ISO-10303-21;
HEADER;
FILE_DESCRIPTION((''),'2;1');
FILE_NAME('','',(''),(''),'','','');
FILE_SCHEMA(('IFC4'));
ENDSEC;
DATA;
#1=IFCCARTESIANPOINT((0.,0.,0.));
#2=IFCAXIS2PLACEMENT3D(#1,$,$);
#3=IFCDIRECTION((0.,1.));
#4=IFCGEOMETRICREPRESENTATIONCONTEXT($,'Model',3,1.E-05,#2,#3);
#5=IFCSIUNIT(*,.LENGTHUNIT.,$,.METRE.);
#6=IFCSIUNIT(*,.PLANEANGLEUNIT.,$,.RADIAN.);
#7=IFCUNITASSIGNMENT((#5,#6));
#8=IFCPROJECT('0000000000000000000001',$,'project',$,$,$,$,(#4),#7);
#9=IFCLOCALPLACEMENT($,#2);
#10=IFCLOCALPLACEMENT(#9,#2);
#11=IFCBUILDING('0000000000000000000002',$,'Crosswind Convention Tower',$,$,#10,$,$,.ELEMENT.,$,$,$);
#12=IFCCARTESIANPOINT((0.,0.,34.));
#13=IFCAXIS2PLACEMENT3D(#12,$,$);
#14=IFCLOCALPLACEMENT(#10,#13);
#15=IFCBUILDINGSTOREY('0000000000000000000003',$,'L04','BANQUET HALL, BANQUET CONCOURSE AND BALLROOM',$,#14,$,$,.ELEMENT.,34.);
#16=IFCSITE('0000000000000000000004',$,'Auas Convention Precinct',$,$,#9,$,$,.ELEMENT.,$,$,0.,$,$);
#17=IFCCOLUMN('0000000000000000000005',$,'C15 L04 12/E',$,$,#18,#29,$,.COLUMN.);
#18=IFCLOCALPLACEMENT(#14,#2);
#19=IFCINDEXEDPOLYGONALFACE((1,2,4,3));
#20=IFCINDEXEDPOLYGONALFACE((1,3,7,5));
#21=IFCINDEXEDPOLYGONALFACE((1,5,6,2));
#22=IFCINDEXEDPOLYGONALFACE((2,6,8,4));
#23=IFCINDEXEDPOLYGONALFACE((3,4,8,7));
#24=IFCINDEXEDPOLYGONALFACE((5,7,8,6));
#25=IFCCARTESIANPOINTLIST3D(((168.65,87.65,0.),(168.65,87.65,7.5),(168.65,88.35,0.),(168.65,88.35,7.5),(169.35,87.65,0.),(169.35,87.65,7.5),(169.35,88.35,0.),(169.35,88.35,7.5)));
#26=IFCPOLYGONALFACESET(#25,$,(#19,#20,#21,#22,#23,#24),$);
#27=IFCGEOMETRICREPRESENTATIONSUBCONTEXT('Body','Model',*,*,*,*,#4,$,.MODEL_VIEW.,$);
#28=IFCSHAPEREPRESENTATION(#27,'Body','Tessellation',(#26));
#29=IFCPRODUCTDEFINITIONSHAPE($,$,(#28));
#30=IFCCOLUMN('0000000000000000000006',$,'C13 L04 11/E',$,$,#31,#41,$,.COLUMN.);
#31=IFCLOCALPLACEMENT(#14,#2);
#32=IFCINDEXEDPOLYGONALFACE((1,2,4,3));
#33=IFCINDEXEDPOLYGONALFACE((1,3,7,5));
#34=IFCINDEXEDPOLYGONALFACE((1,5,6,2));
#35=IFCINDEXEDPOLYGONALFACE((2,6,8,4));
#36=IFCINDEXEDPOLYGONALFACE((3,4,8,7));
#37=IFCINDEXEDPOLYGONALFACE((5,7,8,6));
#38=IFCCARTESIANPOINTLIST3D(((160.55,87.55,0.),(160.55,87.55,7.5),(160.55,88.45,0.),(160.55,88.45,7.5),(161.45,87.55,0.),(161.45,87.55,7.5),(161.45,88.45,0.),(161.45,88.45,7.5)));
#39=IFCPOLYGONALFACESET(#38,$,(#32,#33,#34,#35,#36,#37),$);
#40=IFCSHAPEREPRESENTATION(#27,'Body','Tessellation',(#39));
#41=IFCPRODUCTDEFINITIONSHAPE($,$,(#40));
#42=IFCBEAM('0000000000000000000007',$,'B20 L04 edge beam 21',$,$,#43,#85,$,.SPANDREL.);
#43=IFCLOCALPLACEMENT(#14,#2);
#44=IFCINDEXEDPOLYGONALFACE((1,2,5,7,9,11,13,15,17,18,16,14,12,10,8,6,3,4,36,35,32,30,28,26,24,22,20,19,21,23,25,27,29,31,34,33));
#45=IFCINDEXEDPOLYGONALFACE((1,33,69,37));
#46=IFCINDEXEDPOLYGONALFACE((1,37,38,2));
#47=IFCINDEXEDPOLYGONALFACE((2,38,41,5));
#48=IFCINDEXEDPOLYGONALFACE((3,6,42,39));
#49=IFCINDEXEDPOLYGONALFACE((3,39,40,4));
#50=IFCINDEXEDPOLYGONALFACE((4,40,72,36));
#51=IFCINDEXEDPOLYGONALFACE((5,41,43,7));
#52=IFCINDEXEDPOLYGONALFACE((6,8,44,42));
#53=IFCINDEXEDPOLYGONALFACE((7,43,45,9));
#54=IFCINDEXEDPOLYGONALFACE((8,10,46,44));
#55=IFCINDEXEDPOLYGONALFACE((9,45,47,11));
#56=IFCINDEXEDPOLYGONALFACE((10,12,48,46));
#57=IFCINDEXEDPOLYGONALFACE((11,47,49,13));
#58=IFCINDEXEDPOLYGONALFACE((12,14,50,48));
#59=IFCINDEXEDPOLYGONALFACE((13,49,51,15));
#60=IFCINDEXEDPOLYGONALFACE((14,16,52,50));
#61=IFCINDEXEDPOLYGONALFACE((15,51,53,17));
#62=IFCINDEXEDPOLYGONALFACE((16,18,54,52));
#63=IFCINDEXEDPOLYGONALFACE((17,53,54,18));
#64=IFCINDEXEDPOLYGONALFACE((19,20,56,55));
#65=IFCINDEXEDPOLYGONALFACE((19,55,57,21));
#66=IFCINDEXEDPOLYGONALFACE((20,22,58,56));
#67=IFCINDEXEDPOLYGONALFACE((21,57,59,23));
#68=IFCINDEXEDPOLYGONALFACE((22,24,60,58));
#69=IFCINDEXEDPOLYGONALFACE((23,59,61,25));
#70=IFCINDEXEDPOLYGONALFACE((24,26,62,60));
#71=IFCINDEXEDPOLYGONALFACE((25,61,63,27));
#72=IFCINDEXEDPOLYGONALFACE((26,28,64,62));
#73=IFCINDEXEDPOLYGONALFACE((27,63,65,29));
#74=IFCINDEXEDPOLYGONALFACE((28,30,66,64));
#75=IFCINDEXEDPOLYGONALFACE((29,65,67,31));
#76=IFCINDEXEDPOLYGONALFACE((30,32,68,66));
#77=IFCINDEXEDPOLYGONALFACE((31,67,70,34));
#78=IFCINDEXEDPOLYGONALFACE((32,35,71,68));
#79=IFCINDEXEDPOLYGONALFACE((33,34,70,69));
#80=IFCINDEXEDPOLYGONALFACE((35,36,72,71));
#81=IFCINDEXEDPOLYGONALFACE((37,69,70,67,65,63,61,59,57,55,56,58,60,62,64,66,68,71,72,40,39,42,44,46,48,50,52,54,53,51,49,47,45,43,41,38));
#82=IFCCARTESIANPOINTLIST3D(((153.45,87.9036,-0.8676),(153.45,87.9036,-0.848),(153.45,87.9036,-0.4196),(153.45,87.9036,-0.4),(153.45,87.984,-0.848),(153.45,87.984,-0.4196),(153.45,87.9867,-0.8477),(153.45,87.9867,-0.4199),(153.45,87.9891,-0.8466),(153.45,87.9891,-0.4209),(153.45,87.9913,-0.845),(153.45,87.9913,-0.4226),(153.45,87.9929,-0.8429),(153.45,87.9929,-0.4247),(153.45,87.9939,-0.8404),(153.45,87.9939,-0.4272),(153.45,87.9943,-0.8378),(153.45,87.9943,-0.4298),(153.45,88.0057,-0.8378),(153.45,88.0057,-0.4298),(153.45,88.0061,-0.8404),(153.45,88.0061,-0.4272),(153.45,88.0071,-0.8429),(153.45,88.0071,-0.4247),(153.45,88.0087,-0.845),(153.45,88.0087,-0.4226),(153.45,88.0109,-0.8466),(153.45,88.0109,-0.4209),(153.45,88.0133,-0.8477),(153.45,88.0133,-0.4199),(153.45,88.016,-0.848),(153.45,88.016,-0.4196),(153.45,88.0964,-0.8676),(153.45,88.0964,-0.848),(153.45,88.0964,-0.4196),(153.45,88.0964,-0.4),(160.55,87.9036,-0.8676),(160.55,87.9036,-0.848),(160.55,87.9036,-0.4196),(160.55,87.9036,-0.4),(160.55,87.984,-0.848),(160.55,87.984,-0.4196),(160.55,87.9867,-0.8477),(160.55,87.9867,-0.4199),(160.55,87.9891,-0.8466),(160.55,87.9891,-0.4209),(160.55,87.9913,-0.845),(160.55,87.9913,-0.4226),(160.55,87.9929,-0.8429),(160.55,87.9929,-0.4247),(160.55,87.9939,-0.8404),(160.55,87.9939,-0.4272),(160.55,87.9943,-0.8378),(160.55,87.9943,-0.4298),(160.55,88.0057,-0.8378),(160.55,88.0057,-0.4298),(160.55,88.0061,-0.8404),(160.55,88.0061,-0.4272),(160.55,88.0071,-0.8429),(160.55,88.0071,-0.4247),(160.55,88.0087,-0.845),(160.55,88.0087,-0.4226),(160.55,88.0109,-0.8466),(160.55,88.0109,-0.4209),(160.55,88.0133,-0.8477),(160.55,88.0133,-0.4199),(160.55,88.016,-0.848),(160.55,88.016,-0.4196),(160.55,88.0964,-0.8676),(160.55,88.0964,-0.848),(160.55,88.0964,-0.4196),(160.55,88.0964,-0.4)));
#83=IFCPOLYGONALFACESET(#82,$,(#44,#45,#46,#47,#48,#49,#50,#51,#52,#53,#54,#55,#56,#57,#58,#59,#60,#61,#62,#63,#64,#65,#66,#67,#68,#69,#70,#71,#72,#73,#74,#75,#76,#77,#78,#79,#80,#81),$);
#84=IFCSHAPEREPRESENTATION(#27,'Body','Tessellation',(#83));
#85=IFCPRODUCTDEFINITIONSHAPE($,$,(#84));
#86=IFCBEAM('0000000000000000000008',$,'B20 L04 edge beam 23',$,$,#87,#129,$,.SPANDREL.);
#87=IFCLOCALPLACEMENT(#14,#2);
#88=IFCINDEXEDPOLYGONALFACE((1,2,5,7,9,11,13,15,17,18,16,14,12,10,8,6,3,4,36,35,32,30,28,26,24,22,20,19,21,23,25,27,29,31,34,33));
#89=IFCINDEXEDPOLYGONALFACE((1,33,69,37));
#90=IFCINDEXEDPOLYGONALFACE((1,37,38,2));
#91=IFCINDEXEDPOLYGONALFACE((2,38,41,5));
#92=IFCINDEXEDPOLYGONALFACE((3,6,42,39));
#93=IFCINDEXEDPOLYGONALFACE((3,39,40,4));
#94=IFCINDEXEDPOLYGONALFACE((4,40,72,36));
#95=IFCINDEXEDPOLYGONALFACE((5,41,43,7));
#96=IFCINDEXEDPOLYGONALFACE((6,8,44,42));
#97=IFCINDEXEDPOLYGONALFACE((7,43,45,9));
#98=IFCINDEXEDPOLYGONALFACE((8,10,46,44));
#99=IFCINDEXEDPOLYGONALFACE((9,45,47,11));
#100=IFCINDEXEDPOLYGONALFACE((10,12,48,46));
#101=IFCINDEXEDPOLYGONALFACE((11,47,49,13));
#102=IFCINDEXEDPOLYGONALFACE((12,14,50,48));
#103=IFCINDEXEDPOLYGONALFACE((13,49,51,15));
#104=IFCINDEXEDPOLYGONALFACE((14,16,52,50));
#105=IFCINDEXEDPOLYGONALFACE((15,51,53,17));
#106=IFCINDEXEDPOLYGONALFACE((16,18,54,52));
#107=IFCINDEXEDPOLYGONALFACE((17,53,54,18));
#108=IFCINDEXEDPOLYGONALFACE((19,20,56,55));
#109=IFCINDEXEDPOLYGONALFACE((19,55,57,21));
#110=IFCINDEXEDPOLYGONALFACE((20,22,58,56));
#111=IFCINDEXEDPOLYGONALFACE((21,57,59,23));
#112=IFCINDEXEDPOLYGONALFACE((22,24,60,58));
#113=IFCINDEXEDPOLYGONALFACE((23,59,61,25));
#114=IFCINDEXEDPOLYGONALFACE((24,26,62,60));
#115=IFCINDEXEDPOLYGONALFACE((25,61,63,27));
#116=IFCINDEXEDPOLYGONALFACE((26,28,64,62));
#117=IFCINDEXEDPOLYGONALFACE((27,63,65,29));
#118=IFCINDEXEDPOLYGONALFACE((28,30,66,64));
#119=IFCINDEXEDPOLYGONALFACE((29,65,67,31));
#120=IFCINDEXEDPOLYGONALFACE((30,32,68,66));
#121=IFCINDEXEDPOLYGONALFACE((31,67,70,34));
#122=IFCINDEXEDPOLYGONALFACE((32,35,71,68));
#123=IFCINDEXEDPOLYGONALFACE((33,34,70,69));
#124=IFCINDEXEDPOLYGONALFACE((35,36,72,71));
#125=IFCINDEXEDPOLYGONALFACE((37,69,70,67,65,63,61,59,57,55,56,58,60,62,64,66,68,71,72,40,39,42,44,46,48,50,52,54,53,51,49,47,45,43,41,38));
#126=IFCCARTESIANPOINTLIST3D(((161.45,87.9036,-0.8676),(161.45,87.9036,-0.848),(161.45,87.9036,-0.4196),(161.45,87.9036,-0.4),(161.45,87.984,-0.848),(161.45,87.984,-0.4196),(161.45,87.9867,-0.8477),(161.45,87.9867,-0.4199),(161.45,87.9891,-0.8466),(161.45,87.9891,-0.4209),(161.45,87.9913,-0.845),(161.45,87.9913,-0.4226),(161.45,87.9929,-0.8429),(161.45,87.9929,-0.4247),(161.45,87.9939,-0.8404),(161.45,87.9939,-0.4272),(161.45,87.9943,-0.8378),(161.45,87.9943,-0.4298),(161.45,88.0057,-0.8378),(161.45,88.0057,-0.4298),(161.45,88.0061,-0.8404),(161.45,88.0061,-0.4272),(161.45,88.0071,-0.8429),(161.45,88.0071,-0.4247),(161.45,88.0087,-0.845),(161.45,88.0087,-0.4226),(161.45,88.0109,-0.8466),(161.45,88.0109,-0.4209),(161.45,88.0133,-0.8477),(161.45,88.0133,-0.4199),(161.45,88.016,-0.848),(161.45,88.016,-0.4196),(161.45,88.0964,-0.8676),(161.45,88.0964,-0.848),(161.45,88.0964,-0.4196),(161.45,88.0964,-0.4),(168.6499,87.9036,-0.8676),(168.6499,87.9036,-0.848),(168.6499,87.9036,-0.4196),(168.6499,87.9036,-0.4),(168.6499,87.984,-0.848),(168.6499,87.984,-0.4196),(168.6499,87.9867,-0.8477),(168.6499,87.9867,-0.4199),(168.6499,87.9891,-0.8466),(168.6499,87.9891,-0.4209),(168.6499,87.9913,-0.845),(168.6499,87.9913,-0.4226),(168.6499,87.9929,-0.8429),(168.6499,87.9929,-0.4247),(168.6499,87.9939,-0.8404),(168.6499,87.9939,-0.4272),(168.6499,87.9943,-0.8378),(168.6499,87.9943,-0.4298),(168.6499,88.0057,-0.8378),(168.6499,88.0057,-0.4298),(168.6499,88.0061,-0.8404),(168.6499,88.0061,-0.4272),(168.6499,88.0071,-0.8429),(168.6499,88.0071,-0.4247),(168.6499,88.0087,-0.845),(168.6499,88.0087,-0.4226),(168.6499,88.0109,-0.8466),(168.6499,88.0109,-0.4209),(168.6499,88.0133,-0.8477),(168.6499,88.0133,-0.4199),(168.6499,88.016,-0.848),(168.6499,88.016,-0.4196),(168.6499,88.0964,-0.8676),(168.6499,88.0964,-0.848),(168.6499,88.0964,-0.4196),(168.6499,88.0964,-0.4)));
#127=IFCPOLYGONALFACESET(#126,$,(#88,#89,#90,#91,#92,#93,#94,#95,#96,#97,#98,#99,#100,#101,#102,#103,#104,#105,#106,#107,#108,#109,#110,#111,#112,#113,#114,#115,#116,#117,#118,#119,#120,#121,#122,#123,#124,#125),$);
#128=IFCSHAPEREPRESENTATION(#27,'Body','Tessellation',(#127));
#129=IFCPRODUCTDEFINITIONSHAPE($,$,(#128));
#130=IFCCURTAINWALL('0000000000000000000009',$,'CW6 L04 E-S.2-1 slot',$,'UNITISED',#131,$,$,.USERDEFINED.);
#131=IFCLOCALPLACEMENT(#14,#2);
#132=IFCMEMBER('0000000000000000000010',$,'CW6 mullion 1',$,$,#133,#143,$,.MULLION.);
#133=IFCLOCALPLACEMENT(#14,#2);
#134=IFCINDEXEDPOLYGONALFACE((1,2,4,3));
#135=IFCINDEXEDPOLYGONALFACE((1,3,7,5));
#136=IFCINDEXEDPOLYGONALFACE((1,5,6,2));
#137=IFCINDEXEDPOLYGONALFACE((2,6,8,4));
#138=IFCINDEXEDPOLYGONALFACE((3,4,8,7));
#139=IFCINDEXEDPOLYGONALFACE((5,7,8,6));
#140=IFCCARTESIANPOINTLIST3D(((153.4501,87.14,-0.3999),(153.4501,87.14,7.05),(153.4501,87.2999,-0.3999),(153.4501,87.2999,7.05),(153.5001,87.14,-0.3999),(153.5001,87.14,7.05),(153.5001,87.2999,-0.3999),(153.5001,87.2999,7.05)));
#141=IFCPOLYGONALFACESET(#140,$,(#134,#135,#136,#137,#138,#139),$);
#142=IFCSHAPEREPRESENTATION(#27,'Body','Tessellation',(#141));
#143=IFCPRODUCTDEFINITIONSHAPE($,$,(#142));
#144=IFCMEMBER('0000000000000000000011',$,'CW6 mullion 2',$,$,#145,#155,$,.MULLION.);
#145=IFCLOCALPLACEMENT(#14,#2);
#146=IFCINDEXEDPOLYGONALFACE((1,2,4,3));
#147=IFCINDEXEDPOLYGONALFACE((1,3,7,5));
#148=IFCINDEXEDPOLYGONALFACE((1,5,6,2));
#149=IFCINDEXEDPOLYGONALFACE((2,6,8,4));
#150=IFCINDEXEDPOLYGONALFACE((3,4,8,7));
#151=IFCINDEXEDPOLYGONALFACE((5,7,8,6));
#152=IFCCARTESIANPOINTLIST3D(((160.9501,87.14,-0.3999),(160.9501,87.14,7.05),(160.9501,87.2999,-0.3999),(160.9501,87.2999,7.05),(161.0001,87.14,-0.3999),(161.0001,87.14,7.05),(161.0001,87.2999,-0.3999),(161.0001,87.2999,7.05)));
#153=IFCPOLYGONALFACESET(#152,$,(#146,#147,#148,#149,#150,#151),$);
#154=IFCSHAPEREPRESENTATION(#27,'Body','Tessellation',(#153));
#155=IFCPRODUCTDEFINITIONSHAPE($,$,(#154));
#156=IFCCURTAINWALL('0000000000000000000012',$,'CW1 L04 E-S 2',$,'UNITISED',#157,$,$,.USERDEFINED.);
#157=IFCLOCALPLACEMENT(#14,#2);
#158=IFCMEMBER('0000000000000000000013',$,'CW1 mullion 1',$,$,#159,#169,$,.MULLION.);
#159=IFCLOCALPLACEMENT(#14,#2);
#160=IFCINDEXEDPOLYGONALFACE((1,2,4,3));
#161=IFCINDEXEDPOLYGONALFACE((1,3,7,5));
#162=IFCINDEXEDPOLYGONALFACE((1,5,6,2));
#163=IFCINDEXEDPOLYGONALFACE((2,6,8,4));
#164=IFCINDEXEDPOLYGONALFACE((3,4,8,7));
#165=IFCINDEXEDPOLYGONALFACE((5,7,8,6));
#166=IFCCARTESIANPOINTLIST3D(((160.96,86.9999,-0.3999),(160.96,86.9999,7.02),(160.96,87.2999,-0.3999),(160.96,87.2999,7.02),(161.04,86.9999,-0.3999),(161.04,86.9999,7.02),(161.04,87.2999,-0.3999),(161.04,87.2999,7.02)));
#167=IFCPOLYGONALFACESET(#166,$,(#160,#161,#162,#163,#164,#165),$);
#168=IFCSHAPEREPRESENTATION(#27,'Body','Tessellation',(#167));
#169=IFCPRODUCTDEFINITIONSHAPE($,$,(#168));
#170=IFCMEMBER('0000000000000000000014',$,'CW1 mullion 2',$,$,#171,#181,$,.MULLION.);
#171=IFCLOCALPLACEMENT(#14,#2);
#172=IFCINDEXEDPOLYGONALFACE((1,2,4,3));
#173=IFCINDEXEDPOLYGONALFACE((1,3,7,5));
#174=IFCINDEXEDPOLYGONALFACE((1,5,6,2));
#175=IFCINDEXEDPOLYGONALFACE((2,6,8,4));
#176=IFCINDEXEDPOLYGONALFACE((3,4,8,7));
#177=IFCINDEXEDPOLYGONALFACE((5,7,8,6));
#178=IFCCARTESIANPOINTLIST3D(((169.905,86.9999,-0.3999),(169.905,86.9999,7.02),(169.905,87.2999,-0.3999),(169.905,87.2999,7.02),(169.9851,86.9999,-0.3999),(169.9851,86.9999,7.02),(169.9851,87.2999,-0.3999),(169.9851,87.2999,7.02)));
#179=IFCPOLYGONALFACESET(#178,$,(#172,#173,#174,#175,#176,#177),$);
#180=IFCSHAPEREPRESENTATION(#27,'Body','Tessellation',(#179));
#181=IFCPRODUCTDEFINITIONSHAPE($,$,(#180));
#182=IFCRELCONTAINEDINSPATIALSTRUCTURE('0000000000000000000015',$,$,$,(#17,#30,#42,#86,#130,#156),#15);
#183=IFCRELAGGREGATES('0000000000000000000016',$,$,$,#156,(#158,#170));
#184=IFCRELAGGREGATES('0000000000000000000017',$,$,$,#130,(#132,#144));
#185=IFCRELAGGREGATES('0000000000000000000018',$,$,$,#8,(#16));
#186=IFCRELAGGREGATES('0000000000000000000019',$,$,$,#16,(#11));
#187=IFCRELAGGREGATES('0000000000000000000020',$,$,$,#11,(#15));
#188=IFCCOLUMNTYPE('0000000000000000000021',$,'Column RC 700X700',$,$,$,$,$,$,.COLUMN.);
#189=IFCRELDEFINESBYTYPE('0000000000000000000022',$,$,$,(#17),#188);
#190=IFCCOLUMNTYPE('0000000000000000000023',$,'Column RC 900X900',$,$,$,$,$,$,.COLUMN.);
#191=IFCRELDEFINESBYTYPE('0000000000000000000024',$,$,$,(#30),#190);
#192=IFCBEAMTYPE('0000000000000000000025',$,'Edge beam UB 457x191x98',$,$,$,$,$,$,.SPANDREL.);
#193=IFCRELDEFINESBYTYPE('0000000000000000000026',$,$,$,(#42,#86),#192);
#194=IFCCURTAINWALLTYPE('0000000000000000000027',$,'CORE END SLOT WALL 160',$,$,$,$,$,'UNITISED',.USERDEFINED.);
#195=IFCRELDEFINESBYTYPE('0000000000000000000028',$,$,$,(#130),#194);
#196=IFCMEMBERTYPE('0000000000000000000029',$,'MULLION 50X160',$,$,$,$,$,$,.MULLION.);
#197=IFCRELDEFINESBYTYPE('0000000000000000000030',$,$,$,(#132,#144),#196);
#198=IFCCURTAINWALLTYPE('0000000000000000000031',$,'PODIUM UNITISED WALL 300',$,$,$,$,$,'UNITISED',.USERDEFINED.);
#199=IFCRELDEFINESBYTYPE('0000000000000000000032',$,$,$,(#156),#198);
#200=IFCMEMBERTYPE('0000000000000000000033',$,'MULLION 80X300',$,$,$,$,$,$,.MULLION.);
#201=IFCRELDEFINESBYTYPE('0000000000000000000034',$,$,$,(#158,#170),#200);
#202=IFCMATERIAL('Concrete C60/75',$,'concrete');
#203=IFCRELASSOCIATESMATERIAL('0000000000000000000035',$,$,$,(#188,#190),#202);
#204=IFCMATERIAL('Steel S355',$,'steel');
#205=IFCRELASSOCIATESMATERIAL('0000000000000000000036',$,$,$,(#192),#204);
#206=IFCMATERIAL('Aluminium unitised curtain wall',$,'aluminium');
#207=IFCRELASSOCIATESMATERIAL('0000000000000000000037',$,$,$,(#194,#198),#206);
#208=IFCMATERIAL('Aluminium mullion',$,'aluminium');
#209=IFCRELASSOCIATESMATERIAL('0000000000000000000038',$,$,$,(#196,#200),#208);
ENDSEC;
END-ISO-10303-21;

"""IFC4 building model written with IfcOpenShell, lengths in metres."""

from ifc_helpers import new_model, si_unit, direction, frame, origin, origin_2d, place, context, subcontext, project, spatial, rectangle, i_section, extrude, material, material_profile, profile_set, type_object, element, aggregate, save


model = new_model("IFC4")

# Units and contexts
model_context = context("Model", 3, precision=1e-05, world=origin(), true_north=direction((0.0, 1.0)))
body_context = subcontext(model_context, "Body", "Model", "MODEL_VIEW")
ifc_project = project(units=[si_unit("LENGTHUNIT", "METRE"), si_unit("PLANEANGLEUNIT", "RADIAN")], contexts=[model_context])

# Site, building, storey
site_placement = place(None, origin())
site = spatial("IfcSite", under=ifc_project, at=site_placement, Name="Auas Convention Precinct", CompositionType="ELEMENT", RefElevation=0.0)
building_placement = place(site_placement, origin())
building = spatial("IfcBuilding", under=site, at=building_placement, Name="Crosswind Convention Tower", CompositionType="ELEMENT")
storey_placement = place(building_placement, frame((0.0, 0.0, 34.0)))
storey = spatial("IfcBuildingStorey", under=building, at=storey_placement, Name="L04", Description="BANQUET HALL, BANQUET CONCOURSE AND BALLROOM", CompositionType="ELEMENT", Elevation=34.0)

# Columns
ifc_material_1 = material(Name="Concrete C60/75", Category="concrete")
ifc_material_profile_1 = material_profile(ifc_material_1, rectangle(XDim=0.7, YDim=0.7, at=origin_2d()), Name="RC 700X700")
ifc_profile_set_1 = profile_set([ifc_material_profile_1], Name="Concrete C60/75")
column_type_1 = type_object("IfcColumnType", Name="Column RC 700X700", PredefinedType="COLUMN", material=ifc_profile_set_1)
column_1_placement = place(storey_placement, frame((169.0, 88.0, 0.0), z_axis=(0.0, 0.0, 1.0), x_axis=(1.0, 0.0, 0.0)))
element("IfcColumn", 1, at=column_1_placement, inside=storey, type_object=column_type_1, Name="C15 L04 12/E", PredefinedType="COLUMN", context=body_context, shape_type="SweptSolid", body=[
    extrude(rectangle(XDim=0.7, YDim=0.7, at=origin_2d()), origin(), (0.0, 0.0, 1.0), 7.5),
])
ifc_material_profile_2 = material_profile(ifc_material_1, rectangle(XDim=0.8999, YDim=0.8999, at=origin_2d()), Name="RC 900X900")
ifc_profile_set_2 = profile_set([ifc_material_profile_2], Name="Concrete C60/75")
column_type_2 = type_object("IfcColumnType", Name="Column RC 900X900", PredefinedType="COLUMN", material=ifc_profile_set_2)
column_2_placement = place(storey_placement, frame((161.0, 88.0, 0.0), z_axis=(0.0, 0.0, 1.0), x_axis=(1.0, 0.0, 0.0)))
element("IfcColumn", 2, at=column_2_placement, inside=storey, type_object=column_type_2, Name="C13 L04 11/E", PredefinedType="COLUMN", context=body_context, shape_type="SweptSolid", body=[
    extrude(rectangle(XDim=0.8999, YDim=0.8999, at=origin_2d()), origin(), (0.0, 0.0, 1.0), 7.5),
])

# Beams
ifc_material_2 = material(Name="Steel S355", Category="steel")
ifc_material_profile_3 = material_profile(ifc_material_2, i_section(OverallWidth=0.1929, OverallDepth=0.4675, WebThickness=0.0115, FlangeThickness=0.0195, FilletRadius=0.0103, at=origin_2d()), Name="UB 457x191x98")
ifc_profile_set_3 = profile_set([ifc_material_profile_3], Name="Steel S355")
beam_type_1 = type_object("IfcBeamType", Name="Edge beam UB 457x191x98", PredefinedType="SPANDREL", material=ifc_profile_set_3)
beam_1_placement = place(storey_placement, frame((153.45, 88.0, -0.6338), z_axis=(1.0, 0.0, 0.0), x_axis=(0.0, 1.0, 0.0)))
element("IfcBeam", 3, at=beam_1_placement, inside=storey, type_object=beam_type_1, Name="B20 L04 edge beam 21", PredefinedType="SPANDREL", context=body_context, shape_type="SweptSolid", body=[
    extrude(i_section(OverallWidth=0.1929, OverallDepth=0.4675, WebThickness=0.0115, FlangeThickness=0.0195, FilletRadius=0.0103, at=origin_2d()), origin(), (0.0, 0.0, 1.0), 7.1001),
])
beam_2_placement = place(storey_placement, frame((161.45, 88.0, -0.6338), z_axis=(1.0, 0.0, 0.0), x_axis=(0.0, 1.0, 0.0)))
element("IfcBeam", 4, at=beam_2_placement, inside=storey, type_object=beam_type_1, Name="B20 L04 edge beam 23", PredefinedType="SPANDREL", context=body_context, shape_type="SweptSolid", body=[
    extrude(i_section(OverallWidth=0.1929, OverallDepth=0.4675, WebThickness=0.0115, FlangeThickness=0.0195, FilletRadius=0.0103, at=origin_2d()), origin(), (0.0, 0.0, 1.0), 7.2),
])

# Curtain walls, members
ifc_material_3 = material(Name="Aluminium unitised curtain wall", Category="aluminium")
curtain_wall_type_1 = type_object("IfcCurtainWallType", Name="CORE END SLOT WALL 160", ElementType="UNITISED", PredefinedType="USERDEFINED", material=ifc_material_3)
curtain_wall_1_placement = place(storey_placement, origin())
curtain_wall_1 = element("IfcCurtainWall", 5, at=curtain_wall_1_placement, inside=storey, type_object=curtain_wall_type_1, Name="CW6 L04 E-S.2-1 slot", ObjectType="UNITISED", PredefinedType="USERDEFINED")
ifc_material_4 = material(Name="Aluminium mullion", Category="aluminium")
ifc_material_profile_4 = material_profile(ifc_material_4, rectangle(XDim=0.1599, YDim=0.05, at=origin_2d()), Name="AL 160X50")
ifc_profile_set_4 = profile_set([ifc_material_profile_4], Name="Aluminium mullion")
member_type_1 = type_object("IfcMemberType", Name="MULLION 50X160", PredefinedType="MULLION", material=ifc_profile_set_4)
member_1_placement = place(storey_placement, frame((153.4751, 87.22, -0.3999), z_axis=(0.0, 0.0, 1.0), x_axis=(0.0, -1.0, 0.0)))
member_1 = element("IfcMember", 6, at=member_1_placement, type_object=member_type_1, Name="CW6 mullion 1", PredefinedType="MULLION", context=body_context, shape_type="SweptSolid", body=[
    extrude(rectangle(XDim=0.1599, YDim=0.05, at=origin_2d()), origin(), (0.0, 0.0, 1.0), 7.45),
])
member_2_placement = place(storey_placement, frame((160.9751, 87.22, -0.3999), z_axis=(0.0, 0.0, 1.0), x_axis=(0.0, -1.0, 0.0)))
member_2 = element("IfcMember", 7, at=member_2_placement, type_object=member_type_1, Name="CW6 mullion 2", PredefinedType="MULLION", context=body_context, shape_type="SweptSolid", body=[
    extrude(rectangle(XDim=0.1599, YDim=0.05, at=origin_2d()), origin(), (0.0, 0.0, 1.0), 7.45),
])
curtain_wall_type_2 = type_object("IfcCurtainWallType", Name="PODIUM UNITISED WALL 300", ElementType="UNITISED", PredefinedType="USERDEFINED", material=ifc_material_3)
curtain_wall_2_placement = place(storey_placement, origin())
curtain_wall_2 = element("IfcCurtainWall", 8, at=curtain_wall_2_placement, inside=storey, type_object=curtain_wall_type_2, Name="CW1 L04 E-S 2", ObjectType="UNITISED", PredefinedType="USERDEFINED")
ifc_material_profile_5 = material_profile(ifc_material_4, rectangle(XDim=0.3, YDim=0.0801, at=origin_2d()), Name="AL 300X80")
ifc_profile_set_5 = profile_set([ifc_material_profile_5], Name="Aluminium mullion")
member_type_2 = type_object("IfcMemberType", Name="MULLION 80X300", PredefinedType="MULLION", material=ifc_profile_set_5)
member_3_placement = place(storey_placement, frame((161.0, 87.1499, -0.3999), z_axis=(0.0, 0.0, 1.0), x_axis=(0.0, -1.0, 0.0)))
member_3 = element("IfcMember", 9, at=member_3_placement, type_object=member_type_2, Name="CW1 mullion 1", PredefinedType="MULLION", context=body_context, shape_type="SweptSolid", body=[
    extrude(rectangle(XDim=0.3, YDim=0.0801, at=origin_2d()), origin(), (0.0, 0.0, 1.0), 7.4199),
])
member_4_placement = place(storey_placement, frame((169.9451, 87.1499, -0.3999), z_axis=(0.0, 0.0, 1.0), x_axis=(0.0, -1.0, 0.0)))
member_4 = element("IfcMember", 10, at=member_4_placement, type_object=member_type_2, Name="CW1 mullion 2", PredefinedType="MULLION", context=body_context, shape_type="SweptSolid", body=[
    extrude(rectangle(XDim=0.3, YDim=0.0801, at=origin_2d()), origin(), (0.0, 0.0, 1.0), 7.4199),
])

aggregate(curtain_wall_2, [member_3, member_4])

aggregate(curtain_wall_1, [member_1, member_2])

save(model, "model.ifc")
